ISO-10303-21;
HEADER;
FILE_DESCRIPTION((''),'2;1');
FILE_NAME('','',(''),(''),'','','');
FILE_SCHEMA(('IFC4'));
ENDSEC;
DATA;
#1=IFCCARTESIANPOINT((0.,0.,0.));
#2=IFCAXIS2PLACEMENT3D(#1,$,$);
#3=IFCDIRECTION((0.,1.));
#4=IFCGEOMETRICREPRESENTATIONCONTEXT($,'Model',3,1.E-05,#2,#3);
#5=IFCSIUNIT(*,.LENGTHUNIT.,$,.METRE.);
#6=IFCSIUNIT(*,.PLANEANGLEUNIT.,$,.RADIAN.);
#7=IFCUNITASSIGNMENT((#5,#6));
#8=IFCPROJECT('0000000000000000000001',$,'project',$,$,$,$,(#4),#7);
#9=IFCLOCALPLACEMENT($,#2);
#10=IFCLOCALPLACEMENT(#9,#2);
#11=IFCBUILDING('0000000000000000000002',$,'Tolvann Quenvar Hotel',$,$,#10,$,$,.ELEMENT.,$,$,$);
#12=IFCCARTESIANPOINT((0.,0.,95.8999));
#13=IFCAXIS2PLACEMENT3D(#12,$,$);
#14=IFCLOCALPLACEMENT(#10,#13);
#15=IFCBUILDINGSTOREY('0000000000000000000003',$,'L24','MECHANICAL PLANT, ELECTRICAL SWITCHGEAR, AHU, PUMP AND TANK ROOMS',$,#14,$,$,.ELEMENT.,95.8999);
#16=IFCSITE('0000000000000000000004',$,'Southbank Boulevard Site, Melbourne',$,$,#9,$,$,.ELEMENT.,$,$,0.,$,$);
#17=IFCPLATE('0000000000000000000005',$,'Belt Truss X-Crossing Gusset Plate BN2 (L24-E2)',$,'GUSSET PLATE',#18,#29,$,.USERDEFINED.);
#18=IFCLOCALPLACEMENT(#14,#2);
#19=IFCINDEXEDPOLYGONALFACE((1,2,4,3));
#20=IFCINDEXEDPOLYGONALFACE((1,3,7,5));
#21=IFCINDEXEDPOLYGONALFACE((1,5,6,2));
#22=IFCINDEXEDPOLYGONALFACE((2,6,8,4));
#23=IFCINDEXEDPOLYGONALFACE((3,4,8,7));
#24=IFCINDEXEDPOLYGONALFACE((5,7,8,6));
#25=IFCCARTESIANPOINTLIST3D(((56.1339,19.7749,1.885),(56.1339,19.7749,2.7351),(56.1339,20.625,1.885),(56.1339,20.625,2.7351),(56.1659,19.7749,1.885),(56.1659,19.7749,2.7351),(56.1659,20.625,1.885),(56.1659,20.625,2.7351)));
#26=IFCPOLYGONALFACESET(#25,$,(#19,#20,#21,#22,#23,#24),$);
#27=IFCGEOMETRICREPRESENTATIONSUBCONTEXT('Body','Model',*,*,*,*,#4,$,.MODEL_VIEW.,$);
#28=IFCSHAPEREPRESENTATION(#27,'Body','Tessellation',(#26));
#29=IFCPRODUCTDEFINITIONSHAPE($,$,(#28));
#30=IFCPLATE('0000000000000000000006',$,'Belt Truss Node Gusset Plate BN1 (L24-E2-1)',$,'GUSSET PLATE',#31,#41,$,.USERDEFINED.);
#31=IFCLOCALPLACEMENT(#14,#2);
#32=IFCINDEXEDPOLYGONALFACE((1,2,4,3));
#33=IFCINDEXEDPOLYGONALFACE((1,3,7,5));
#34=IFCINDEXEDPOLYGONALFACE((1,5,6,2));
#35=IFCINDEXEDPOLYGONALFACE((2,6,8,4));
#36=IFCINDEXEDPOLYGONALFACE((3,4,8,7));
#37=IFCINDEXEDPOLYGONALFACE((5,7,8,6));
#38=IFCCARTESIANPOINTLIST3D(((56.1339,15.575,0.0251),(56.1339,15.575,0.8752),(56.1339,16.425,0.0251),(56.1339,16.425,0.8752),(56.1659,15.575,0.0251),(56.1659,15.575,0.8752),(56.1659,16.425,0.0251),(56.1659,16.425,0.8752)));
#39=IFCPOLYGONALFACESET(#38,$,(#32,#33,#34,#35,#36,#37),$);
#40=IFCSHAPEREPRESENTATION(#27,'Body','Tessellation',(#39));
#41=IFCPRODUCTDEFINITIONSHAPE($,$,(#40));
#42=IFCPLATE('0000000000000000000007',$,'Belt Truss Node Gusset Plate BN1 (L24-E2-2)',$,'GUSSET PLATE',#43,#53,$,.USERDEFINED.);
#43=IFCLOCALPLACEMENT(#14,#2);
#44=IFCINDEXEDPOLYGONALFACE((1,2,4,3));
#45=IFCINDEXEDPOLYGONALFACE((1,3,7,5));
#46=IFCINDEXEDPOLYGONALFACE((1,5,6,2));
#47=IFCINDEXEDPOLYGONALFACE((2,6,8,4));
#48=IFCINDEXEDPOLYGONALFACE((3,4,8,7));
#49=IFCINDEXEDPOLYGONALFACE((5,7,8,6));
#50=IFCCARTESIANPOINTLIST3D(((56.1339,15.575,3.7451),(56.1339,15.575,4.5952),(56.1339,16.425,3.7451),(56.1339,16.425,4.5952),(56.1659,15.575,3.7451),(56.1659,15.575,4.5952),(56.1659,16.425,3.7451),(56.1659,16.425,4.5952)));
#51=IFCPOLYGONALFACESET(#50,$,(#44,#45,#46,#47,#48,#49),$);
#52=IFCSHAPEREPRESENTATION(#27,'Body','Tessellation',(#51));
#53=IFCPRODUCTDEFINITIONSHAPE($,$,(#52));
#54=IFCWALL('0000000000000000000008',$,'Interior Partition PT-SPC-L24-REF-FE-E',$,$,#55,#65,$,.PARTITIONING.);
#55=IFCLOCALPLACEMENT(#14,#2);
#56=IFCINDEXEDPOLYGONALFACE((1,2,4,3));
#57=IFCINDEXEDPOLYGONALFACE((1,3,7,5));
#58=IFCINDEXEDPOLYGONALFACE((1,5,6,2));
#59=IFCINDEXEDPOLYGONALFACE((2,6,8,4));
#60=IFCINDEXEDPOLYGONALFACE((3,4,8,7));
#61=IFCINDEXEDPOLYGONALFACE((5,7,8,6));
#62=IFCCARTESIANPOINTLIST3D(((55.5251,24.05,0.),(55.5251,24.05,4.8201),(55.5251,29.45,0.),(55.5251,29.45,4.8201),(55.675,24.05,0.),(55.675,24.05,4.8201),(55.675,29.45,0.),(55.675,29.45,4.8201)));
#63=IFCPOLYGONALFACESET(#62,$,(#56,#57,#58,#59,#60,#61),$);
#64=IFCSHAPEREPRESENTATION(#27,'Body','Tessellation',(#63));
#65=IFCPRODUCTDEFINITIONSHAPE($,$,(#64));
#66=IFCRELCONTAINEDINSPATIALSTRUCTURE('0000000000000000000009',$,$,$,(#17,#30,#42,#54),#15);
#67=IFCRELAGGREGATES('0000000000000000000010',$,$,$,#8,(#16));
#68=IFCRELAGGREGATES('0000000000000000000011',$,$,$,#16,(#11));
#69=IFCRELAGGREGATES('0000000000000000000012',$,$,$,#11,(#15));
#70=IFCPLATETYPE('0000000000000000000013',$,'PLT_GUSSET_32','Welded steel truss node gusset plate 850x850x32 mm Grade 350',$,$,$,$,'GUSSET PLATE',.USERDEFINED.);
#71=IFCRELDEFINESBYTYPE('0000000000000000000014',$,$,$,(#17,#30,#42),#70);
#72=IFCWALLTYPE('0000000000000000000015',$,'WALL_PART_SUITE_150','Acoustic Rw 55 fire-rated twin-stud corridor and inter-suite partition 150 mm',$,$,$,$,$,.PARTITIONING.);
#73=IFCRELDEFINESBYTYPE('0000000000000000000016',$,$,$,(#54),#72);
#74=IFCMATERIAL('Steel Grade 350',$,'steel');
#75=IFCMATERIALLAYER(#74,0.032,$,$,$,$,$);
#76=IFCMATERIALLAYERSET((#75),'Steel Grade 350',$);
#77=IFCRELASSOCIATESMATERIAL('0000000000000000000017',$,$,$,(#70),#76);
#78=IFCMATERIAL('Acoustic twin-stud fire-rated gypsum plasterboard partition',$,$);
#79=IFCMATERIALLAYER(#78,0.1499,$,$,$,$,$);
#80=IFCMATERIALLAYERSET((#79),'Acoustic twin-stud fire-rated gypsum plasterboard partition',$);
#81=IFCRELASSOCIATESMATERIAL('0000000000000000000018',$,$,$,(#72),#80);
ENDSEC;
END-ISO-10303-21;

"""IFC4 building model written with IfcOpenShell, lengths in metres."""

from ifc_helpers import new_model, si_unit, direction, frame, frame_2d, origin, origin_2d, place, context, subcontext, project, spatial, rectangle, extrude, source, transform, mapped, material, layer, layer_set, type_object, type_shapes, element, save


model = new_model("IFC4")

# Units and contexts
model_context = context("Model", 3, precision=1e-05, world=origin(), true_north=direction((0.0, 1.0)))
body_context = subcontext(model_context, "Body", "Model", "MODEL_VIEW")
ifc_project = project(units=[si_unit("LENGTHUNIT", "METRE"), si_unit("PLANEANGLEUNIT", "RADIAN")], contexts=[model_context])

# Site, building, storey
site_placement = place(None, origin())
site = spatial("IfcSite", under=ifc_project, at=site_placement, Name="Southbank Boulevard Site, Melbourne", CompositionType="ELEMENT", RefElevation=0.0)
building_placement = place(site_placement, origin())
building = spatial("IfcBuilding", under=site, at=building_placement, Name="Tolvann Quenvar Hotel", CompositionType="ELEMENT")
storey_placement = place(building_placement, frame((0.0, 0.0, 95.8999)))
storey = spatial("IfcBuildingStorey", under=building, at=storey_placement, Name="L24", Description="MECHANICAL PLANT, ELECTRICAL SWITCHGEAR, AHU, PUMP AND TANK ROOMS", CompositionType="ELEMENT", Elevation=95.8999)

# Shared definitions
ifc_material_1 = material(Name="Steel Grade 350", Category="steel")

# Plates
ifc_layer_1 = layer(ifc_material_1, 0.032)
ifc_layer_set_1 = layer_set([ifc_layer_1], Name="Steel Grade 350")
plate_type = type_object("IfcPlateType", Name="PLT_GUSSET_32", Description="Welded steel truss node gusset plate 850x850x32 mm Grade 350", ElementType="GUSSET PLATE", PredefinedType="USERDEFINED", material=ifc_layer_set_1)
shared_shape_1 = source(origin(), body_context, "Body", "SweptSolid", [
    extrude(rectangle(XDim=0.032, YDim=0.8501, at=origin_2d()), origin(), (0.0, 0.0, 1.0), 0.8501),
])
type_shapes(plate_type, [shared_shape_1])
for number, where, z_axis, x_axis, name in (
    (1, (56.1499, 20.2, 1.885), (0.0, 0.0, 1.0), (1.0, 0.0, 0.0), "Belt Truss X-Crossing Gusset Plate BN2 (L24-E2)"),
    (2, (56.1499, 16.0, 0.0251), (0.0, 0.0, 1.0), (1.0, 0.0, 0.0), "Belt Truss Node Gusset Plate BN1 (L24-E2-1)"),
    (3, (56.1499, 16.0, 3.7451), (0.0, 0.0, 1.0), (1.0, 0.0, 0.0), "Belt Truss Node Gusset Plate BN1 (L24-E2-2)"),
):
    element("IfcPlate", number, at=place(storey_placement, frame(where, z_axis=z_axis, x_axis=x_axis)), inside=storey, type_object=plate_type, Name=name, ObjectType="GUSSET PLATE", PredefinedType="USERDEFINED", context=body_context, shape_type="MappedRepresentation", body=[
        mapped(shared_shape_1, transform((0.0, 0.0, 0.0), x_axis=(1.0, 0.0, 0.0), y_axis=(0.0, 1.0, 0.0), z_axis=(0.0, 0.0, 1.0), scale=1.0)),
    ])

# Wall
ifc_material_2 = material(Name="Acoustic twin-stud fire-rated gypsum plasterboard partition")
ifc_layer_2 = layer(ifc_material_2, 0.1499)
ifc_layer_set_2 = layer_set([ifc_layer_2], Name="Acoustic twin-stud fire-rated gypsum plasterboard partition")
wall_type = type_object("IfcWallType", Name="WALL_PART_SUITE_150", Description="Acoustic Rw 55 fire-rated twin-stud corridor and inter-suite partition 150 mm", PredefinedType="PARTITIONING", material=ifc_layer_set_2)
wall_placement = place(storey_placement, frame((55.6001, 24.05, 0.0), z_axis=(0.0, 0.0, 1.0), x_axis=(0.0, 1.0, 0.0)))
element("IfcWall", 4, at=wall_placement, inside=storey, type_object=wall_type, Name="Interior Partition PT-SPC-L24-REF-FE-E", PredefinedType="PARTITIONING", context=body_context, shape_type="SweptSolid", body=[
    extrude(rectangle(XDim=5.3999, YDim=0.1499, at=frame_2d((2.7, 0.0))), origin(), (0.0, 0.0, 1.0), 4.8201),
])

save(model, "model.ifc")
